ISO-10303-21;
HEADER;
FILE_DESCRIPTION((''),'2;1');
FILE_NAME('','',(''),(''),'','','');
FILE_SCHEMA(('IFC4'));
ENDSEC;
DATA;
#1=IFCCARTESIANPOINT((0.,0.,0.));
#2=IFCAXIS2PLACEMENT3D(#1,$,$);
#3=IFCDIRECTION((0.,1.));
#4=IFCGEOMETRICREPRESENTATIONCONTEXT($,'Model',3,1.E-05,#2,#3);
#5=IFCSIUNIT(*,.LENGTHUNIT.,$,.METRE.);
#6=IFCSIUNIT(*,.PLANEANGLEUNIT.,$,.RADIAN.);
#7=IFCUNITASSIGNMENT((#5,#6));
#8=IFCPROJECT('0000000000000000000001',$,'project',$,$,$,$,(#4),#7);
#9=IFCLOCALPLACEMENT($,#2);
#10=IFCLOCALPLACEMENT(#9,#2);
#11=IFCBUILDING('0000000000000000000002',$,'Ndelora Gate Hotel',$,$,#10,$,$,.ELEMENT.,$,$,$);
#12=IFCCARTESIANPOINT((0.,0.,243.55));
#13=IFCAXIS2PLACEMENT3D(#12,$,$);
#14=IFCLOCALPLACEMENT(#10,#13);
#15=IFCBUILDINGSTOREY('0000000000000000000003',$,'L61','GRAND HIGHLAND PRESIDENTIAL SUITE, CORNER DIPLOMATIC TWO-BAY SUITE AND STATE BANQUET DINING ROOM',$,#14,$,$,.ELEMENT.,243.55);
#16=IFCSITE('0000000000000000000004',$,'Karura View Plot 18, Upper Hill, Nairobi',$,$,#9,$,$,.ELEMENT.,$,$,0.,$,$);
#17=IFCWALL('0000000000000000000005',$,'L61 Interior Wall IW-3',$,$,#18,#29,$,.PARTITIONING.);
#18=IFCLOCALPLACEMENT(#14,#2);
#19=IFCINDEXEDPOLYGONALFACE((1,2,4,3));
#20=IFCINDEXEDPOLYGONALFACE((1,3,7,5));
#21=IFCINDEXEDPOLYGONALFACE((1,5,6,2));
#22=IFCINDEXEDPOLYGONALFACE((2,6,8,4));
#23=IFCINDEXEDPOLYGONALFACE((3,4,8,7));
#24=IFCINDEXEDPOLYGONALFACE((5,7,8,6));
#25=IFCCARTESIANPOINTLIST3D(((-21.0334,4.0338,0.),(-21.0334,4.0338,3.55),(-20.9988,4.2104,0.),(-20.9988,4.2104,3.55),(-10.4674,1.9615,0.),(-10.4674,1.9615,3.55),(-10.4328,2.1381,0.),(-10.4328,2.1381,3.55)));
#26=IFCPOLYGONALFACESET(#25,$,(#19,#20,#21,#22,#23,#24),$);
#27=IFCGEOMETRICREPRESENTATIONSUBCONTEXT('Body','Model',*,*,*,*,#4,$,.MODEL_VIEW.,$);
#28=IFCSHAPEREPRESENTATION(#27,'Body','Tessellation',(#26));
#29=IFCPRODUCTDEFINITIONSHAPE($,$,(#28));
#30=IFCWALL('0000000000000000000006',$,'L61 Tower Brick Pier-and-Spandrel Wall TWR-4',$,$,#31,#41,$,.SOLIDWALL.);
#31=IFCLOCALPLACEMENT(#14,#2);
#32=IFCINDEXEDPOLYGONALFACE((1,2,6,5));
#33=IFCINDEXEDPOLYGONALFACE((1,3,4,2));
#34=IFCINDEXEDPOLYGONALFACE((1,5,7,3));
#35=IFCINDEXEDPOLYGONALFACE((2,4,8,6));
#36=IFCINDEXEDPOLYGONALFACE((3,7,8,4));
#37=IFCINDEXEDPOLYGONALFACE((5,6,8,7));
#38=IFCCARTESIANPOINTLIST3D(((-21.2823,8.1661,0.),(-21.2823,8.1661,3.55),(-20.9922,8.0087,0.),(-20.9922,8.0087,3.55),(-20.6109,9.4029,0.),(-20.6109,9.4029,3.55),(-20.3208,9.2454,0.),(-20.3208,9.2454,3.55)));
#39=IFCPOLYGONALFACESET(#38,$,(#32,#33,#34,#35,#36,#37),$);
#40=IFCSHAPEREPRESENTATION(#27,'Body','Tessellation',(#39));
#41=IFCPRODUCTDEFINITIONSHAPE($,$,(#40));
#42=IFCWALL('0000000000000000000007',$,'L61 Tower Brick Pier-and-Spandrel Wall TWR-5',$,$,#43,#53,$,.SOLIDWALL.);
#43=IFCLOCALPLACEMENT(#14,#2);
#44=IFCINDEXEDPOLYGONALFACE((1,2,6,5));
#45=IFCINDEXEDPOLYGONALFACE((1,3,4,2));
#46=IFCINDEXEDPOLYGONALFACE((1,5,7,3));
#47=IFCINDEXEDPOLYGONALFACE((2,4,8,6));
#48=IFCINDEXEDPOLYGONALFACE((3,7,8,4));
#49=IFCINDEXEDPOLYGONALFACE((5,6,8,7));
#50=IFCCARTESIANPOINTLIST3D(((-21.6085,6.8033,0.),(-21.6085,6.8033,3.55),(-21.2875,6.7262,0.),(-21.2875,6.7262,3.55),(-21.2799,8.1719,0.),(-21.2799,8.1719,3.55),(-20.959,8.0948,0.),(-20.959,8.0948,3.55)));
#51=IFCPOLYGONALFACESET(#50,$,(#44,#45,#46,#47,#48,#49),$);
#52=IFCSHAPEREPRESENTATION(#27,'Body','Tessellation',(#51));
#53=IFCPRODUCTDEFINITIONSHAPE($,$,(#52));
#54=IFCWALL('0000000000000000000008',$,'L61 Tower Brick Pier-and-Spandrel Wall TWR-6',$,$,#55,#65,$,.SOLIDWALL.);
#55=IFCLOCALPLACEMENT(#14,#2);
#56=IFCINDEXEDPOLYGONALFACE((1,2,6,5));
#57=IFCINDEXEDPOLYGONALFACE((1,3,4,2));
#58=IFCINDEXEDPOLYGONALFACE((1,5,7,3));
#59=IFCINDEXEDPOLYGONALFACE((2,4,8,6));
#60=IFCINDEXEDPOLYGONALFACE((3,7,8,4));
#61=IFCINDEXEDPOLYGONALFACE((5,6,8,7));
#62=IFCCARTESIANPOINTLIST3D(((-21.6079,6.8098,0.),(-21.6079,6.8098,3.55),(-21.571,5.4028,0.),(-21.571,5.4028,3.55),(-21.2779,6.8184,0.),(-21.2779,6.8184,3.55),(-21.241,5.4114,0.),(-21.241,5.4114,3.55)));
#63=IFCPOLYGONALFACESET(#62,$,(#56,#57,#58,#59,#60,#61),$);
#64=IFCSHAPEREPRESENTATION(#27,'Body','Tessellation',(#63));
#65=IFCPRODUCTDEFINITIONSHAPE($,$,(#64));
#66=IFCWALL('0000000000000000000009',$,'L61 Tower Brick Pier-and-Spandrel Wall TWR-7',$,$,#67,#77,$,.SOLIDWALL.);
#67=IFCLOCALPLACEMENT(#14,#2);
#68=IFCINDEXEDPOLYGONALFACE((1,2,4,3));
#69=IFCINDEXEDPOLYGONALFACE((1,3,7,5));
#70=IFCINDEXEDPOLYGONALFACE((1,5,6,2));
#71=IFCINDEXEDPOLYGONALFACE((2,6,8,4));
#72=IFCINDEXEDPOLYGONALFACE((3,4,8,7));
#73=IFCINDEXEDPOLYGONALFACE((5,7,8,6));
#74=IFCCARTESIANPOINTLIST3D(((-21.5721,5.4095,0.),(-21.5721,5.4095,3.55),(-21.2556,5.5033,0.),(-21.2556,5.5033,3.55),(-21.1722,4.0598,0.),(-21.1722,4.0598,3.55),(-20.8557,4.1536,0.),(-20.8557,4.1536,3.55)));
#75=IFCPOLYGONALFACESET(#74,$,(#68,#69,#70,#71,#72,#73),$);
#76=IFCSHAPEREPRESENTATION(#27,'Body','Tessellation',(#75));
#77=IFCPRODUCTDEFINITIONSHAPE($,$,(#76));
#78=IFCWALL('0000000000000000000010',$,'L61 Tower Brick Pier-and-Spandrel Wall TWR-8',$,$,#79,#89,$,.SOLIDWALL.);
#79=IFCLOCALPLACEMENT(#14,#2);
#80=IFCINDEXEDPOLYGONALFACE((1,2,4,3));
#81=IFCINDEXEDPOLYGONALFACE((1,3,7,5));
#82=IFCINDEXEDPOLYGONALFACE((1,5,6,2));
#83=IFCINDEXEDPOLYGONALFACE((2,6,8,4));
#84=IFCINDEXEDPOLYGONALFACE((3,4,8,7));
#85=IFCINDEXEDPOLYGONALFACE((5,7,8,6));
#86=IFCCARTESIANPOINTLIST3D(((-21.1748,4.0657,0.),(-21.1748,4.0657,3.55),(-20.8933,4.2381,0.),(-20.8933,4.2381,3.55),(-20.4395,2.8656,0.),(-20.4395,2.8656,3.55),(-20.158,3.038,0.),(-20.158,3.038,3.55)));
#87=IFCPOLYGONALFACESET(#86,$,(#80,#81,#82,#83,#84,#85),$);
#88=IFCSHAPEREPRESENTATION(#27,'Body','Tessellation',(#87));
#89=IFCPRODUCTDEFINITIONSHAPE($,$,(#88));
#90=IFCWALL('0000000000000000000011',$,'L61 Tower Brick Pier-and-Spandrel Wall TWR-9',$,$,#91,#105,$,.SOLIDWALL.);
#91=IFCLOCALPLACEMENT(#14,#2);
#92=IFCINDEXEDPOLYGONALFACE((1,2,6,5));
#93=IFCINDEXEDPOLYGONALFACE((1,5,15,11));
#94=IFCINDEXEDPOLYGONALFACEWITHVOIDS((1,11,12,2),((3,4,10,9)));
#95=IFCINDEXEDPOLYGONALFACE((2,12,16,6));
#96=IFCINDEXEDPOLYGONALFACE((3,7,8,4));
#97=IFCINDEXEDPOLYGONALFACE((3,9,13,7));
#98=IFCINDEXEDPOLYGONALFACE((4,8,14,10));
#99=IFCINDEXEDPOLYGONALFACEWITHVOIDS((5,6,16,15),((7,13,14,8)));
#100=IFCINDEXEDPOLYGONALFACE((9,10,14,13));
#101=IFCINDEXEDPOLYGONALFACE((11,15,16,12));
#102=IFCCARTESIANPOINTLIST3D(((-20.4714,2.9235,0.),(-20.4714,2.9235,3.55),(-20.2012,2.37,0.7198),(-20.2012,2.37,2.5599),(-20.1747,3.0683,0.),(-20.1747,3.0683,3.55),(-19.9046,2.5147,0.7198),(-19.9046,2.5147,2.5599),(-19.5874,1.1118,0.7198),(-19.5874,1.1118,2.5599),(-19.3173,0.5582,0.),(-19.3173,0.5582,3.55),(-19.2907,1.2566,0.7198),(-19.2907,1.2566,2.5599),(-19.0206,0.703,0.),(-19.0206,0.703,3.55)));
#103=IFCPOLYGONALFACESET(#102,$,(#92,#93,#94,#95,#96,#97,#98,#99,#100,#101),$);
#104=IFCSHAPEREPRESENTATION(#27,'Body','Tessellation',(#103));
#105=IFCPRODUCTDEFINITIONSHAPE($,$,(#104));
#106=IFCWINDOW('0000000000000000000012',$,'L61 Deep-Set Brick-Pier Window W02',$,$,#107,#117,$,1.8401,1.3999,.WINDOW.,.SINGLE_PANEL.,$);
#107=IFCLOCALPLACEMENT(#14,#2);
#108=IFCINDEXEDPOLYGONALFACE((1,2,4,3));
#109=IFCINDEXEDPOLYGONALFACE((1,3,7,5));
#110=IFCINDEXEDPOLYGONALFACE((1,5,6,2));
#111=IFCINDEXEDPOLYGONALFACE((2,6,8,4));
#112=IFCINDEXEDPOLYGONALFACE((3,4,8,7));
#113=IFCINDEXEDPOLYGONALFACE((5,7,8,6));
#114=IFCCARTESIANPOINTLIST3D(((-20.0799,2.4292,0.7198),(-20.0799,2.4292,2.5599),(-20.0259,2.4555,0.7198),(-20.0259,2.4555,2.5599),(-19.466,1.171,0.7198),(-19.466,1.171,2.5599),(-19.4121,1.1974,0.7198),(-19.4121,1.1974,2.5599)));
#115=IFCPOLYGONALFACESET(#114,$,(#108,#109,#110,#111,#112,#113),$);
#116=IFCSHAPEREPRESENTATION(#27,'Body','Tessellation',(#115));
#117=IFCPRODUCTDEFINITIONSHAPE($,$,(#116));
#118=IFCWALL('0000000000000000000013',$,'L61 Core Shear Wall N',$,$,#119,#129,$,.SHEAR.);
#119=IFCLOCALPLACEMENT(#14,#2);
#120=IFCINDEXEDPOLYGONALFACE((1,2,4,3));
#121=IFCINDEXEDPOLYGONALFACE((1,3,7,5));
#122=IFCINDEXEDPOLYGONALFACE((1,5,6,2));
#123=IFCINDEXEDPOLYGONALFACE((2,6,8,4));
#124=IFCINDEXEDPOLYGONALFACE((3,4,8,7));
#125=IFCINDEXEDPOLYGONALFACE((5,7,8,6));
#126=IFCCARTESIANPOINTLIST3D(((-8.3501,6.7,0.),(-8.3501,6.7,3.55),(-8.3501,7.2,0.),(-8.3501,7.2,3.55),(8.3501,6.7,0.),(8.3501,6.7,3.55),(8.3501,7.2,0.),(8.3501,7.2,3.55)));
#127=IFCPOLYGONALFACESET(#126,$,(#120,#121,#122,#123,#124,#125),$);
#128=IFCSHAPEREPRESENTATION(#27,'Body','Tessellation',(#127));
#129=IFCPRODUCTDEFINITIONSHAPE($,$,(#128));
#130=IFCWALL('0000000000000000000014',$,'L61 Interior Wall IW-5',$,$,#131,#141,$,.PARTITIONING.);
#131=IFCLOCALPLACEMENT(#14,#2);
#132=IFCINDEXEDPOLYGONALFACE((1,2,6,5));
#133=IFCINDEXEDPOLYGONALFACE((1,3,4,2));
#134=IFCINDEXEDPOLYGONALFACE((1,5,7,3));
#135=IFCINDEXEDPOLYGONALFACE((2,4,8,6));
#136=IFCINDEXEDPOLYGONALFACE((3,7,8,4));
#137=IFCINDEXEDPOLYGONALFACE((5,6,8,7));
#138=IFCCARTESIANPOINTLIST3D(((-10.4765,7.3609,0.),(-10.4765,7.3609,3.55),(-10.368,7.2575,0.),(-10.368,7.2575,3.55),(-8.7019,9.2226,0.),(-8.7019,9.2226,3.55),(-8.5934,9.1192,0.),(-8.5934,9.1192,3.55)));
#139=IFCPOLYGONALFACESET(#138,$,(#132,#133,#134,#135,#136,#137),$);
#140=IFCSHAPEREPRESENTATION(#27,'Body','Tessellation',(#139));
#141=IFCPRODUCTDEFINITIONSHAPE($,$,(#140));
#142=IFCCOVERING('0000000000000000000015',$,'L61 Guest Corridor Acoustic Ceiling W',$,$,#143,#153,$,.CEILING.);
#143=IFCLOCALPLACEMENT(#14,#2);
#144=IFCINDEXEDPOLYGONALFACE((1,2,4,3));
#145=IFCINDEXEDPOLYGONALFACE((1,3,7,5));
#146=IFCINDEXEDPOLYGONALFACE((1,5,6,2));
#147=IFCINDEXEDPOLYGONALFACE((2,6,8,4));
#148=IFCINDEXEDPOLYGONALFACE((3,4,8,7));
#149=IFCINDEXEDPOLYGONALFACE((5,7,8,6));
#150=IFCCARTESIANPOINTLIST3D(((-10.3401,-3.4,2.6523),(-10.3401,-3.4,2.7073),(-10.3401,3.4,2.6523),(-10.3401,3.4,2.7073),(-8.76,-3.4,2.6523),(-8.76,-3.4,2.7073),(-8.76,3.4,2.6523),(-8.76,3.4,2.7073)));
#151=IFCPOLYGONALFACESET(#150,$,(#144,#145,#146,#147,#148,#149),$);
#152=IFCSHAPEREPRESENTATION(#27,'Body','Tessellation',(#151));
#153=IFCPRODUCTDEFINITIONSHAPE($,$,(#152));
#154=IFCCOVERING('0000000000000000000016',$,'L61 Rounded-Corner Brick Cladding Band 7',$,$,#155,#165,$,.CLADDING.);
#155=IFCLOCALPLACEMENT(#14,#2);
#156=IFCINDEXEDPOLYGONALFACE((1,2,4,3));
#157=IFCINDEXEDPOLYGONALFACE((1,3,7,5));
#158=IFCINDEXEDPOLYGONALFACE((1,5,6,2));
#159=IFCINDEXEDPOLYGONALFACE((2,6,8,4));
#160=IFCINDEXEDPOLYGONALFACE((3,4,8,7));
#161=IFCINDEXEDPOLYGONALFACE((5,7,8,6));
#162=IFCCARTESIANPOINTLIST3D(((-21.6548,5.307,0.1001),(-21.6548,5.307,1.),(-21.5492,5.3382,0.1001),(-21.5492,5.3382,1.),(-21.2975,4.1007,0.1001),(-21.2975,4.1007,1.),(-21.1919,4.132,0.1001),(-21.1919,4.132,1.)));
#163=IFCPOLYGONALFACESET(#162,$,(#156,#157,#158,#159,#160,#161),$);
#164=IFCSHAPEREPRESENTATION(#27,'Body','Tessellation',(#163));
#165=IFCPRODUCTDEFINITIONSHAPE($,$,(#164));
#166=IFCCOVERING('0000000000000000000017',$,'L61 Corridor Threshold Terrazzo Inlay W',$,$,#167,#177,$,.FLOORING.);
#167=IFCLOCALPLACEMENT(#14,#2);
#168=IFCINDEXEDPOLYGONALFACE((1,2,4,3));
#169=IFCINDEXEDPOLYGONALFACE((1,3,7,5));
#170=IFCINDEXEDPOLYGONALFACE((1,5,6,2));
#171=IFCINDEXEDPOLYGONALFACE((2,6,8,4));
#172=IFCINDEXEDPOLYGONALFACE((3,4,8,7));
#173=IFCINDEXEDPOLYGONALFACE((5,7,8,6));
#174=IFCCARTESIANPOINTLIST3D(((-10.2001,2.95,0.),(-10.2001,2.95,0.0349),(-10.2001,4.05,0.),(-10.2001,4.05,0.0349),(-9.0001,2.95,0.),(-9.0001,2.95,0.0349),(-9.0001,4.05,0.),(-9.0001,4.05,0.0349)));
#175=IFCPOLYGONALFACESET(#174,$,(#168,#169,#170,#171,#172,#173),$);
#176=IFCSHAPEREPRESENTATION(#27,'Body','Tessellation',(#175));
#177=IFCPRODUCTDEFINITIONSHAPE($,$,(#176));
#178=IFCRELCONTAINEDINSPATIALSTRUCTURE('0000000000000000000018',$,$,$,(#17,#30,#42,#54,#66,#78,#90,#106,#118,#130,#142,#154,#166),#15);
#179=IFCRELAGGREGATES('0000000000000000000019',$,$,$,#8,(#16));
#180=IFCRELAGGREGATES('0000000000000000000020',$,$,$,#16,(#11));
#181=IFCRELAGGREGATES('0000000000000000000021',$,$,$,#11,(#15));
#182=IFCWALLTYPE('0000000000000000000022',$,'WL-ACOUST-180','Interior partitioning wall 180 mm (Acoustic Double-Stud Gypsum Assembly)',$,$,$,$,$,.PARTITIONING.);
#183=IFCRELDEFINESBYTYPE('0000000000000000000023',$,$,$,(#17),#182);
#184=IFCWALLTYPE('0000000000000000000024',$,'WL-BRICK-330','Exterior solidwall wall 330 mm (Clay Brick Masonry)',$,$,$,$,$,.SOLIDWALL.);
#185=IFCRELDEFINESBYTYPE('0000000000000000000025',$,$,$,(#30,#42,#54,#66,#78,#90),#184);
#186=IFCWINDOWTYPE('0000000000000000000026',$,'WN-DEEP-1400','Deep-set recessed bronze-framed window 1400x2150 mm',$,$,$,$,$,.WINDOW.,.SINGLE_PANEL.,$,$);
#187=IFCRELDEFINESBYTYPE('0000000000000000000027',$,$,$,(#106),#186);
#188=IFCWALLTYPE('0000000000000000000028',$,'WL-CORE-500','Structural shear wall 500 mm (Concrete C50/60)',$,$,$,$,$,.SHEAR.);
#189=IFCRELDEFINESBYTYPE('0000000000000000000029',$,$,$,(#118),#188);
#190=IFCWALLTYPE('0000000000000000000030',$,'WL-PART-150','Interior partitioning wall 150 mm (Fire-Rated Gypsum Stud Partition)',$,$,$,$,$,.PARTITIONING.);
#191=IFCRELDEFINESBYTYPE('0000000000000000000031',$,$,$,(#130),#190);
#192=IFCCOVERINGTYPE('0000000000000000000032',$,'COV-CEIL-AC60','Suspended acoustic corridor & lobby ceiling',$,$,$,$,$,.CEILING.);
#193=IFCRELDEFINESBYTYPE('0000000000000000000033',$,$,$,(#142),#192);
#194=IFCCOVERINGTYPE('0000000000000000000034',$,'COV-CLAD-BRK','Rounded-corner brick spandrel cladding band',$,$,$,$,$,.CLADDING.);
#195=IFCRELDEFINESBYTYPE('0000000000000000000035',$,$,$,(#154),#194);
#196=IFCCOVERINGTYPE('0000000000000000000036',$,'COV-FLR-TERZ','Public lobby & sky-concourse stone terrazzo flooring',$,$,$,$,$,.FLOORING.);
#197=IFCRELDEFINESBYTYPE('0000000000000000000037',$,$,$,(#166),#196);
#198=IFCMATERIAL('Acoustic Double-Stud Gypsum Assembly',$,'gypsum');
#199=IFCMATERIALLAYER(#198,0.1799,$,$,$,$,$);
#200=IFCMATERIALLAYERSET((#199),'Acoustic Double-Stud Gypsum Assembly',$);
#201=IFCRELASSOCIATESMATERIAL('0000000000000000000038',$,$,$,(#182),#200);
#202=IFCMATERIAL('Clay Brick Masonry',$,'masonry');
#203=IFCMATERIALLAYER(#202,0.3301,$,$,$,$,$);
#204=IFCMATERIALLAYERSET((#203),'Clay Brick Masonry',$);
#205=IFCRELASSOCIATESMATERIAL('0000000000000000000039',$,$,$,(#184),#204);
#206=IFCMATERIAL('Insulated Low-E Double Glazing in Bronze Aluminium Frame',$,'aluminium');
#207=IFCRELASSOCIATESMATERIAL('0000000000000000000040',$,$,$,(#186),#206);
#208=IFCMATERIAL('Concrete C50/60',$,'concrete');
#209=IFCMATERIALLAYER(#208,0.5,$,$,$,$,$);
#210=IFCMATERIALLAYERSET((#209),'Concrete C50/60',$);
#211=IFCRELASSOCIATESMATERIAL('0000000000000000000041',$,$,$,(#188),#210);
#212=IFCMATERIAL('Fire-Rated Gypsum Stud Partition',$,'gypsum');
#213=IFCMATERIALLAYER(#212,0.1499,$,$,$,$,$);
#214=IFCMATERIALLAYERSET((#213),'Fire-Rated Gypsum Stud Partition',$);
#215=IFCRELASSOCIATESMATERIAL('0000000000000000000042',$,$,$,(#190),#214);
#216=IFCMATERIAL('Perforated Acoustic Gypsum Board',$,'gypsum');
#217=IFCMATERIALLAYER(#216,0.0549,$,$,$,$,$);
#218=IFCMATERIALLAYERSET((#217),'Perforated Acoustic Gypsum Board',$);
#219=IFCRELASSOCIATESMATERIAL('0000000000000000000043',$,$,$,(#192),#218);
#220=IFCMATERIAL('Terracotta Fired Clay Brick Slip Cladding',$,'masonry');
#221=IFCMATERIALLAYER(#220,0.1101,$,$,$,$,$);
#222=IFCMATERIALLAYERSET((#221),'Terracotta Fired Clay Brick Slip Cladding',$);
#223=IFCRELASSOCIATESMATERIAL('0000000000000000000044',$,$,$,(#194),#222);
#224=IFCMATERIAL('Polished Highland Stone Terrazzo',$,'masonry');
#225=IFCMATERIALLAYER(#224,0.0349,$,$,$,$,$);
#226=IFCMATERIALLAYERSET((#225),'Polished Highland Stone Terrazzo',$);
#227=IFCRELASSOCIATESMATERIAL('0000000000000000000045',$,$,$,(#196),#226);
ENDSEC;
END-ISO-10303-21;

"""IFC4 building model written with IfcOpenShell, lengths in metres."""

from ifc_helpers import new_model, si_unit, direction, frame, frame_2d, origin, origin_2d, place, context, subcontext, project, spatial, rectangle, extrude, material, layer, layer_set, type_object, element, fill, save


model = new_model("IFC4")

# Units and contexts
model_context = context("Model", 3, precision=1e-05, world=origin(), true_north=direction((0.0, 1.0)))
body_context = subcontext(model_context, "Body", "Model", "MODEL_VIEW")
ifc_project = project(units=[si_unit("LENGTHUNIT", "METRE"), si_unit("PLANEANGLEUNIT", "RADIAN")], contexts=[model_context])

# Site, building, storey
site_placement = place(None, origin())
site = spatial("IfcSite", under=ifc_project, at=site_placement, Name="Karura View Plot 18, Upper Hill, Nairobi", CompositionType="ELEMENT", RefElevation=0.0)
building_placement = place(site_placement, origin())
building = spatial("IfcBuilding", under=site, at=building_placement, Name="Ndelora Gate Hotel", CompositionType="ELEMENT")
storey_placement = place(building_placement, frame((0.0, 0.0, 243.55)))
storey = spatial("IfcBuildingStorey", under=building, at=storey_placement, Name="L61", Description="GRAND HIGHLAND PRESIDENTIAL SUITE, CORNER DIPLOMATIC TWO-BAY SUITE AND STATE BANQUET DINING ROOM", CompositionType="ELEMENT", Elevation=243.55)

# Shared definitions
ifc_material_1 = material(Name="Concrete C50/60", Category="concrete")

# Walls
ifc_material_2 = material(Name="Acoustic Double-Stud Gypsum Assembly", Category="gypsum")
ifc_layer_1 = layer(ifc_material_2, 0.1799)
ifc_layer_set_1 = layer_set([ifc_layer_1], Name="Acoustic Double-Stud Gypsum Assembly")
wall_type_1 = type_object("IfcWallType", Name="WL-ACOUST-180", Description="Interior partitioning wall 180 mm (Acoustic Double-Stud Gypsum Assembly)", PredefinedType="PARTITIONING", material=ifc_layer_set_1)
wall_1_placement = place(storey_placement, frame((-10.45, 2.0498, 0.0), z_axis=(0.0, 0.0, 1.0), x_axis=(-0.981305, 0.192461, 0.0)))
element("IfcWall", 1, at=wall_1_placement, inside=storey, type_object=wall_type_1, Name="L61 Interior Wall IW-3", PredefinedType="PARTITIONING", context=body_context, shape_type="SweptSolid", body=[
    extrude(rectangle(XDim=10.7673, YDim=0.1799, at=frame_2d((5.3838, 0.0))), origin(), (0.0, 0.0, 1.0), 3.55),
])
ifc_material_3 = material(Name="Clay Brick Masonry", Category="masonry")
ifc_layer_2 = layer(ifc_material_3, 0.3301)
ifc_layer_set_2 = layer_set([ifc_layer_2], Name="Clay Brick Masonry")
wall_type_2 = type_object("IfcWallType", Name="WL-BRICK-330", Description="Exterior solidwall wall 330 mm (Clay Brick Masonry)", PredefinedType="SOLIDWALL", material=ifc_layer_set_2)
wall_2_placement = place(storey_placement, frame((-21.1372, 8.0874, 0.0), z_axis=(0.0, 0.0, 1.0), x_axis=(0.477077, 0.878862, 0.0)))
element("IfcWall", 2, at=wall_2_placement, inside=storey, type_object=wall_type_2, Name="L61 Tower Brick Pier-and-Spandrel Wall TWR-4", PredefinedType="SOLIDWALL", context=body_context, shape_type="SweptSolid", body=[
    extrude(rectangle(XDim=1.4072, YDim=0.3301, at=frame_2d((0.7036, 0.0))), origin(), (0.0, 0.0, 1.0), 3.55),
])
for number, where, z_axis, x_axis, name in (
    (3, (-21.448, 6.7649, 0.0), (0.0, 0.0, 1.0), (0.233465, 0.972365, 0.0), "L61 Tower Brick Pier-and-Spandrel Wall TWR-5"),
    (4, (-21.406, 5.4072, 0.0), (0.0, 0.0, 1.0), (-0.026193, 0.999657, 0.0), "L61 Tower Brick Pier-and-Spandrel Wall TWR-6"),
):
    element("IfcWall", number, at=place(storey_placement, frame(where, z_axis=z_axis, x_axis=x_axis)), inside=storey, type_object=wall_type_2, Name=name, PredefinedType="SOLIDWALL", context=body_context, shape_type="SweptSolid", body=[
        extrude(rectangle(XDim=1.4075, YDim=0.3301, at=frame_2d((0.7036, 0.0))), origin(), (0.0, 0.0, 1.0), 3.55),
    ])
wall_3_placement = place(storey_placement, frame((-21.0139, 4.1067, 0.0), z_axis=(0.0, 0.0, 1.0), x_axis=(-0.2841, 0.958795, 0.0)))
element("IfcWall", 5, at=wall_3_placement, inside=storey, type_object=wall_type_2, Name="L61 Tower Brick Pier-and-Spandrel Wall TWR-7", PredefinedType="SOLIDWALL", context=body_context, shape_type="SweptSolid", body=[
    extrude(rectangle(XDim=1.4077, YDim=0.3301, at=frame_2d((0.7039, 0.0))), origin(), (0.0, 0.0, 1.0), 3.55),
])
wall_4_placement = place(storey_placement, frame((-20.2988, 2.9519, 0.0), z_axis=(0.0, 0.0, 1.0), x_axis=(-0.522432, 0.852681, 0.0)))
element("IfcWall", 6, at=wall_4_placement, inside=storey, type_object=wall_type_2, Name="L61 Tower Brick Pier-and-Spandrel Wall TWR-8", PredefinedType="SOLIDWALL", context=body_context, shape_type="SweptSolid", body=[
    extrude(rectangle(XDim=1.4075, YDim=0.3301, at=frame_2d((0.7036, 0.0))), origin(), (0.0, 0.0, 1.0), 3.55),
])

# Wall, opening, window
wall_5_placement = place(storey_placement, frame((-19.1689, 0.6306, 0.0), z_axis=(0.0, 0.0, 1.0), x_axis=(-0.43851, 0.898727, 0.0)))
wall_5 = element("IfcWall", 7, at=wall_5_placement, inside=storey, type_object=wall_type_2, Name="L61 Tower Brick Pier-and-Spandrel Wall TWR-9", PredefinedType="SOLIDWALL", context=body_context, shape_type="SweptSolid", body=[
    extrude(rectangle(XDim=2.6318, YDim=0.3301, at=frame_2d((1.3159, 0.0))), origin(), (0.0, 0.0, 1.0), 3.55),
])
opening_1_placement = place(wall_5_placement, frame((0.616, 0.0, 0.72)))
opening_1 = element("IfcOpeningElement", 8, at=opening_1_placement, cuts=wall_5, PredefinedType="OPENING", context=body_context, shape_type="SweptSolid", body=[
    extrude(rectangle(XDim=1.3999, YDim=1.8401, at=frame_2d((0.7, 0.9199))), frame((0.0, 0.175, 0.0), z_axis=(0.0, -1.0, 0.0), x_axis=(1.0, 0.0, 0.0)), (0.0, 0.0, 1.0), 0.3501),
])
ifc_material_4 = material(Name="Insulated Low-E Double Glazing in Bronze Aluminium Frame", Category="aluminium")
window_type = type_object("IfcWindowType", Name="WN-DEEP-1400", Description="Deep-set recessed bronze-framed window 1400x2150 mm", PartitioningType="SINGLE_PANEL", PredefinedType="WINDOW", material=ifc_material_4)
window_placement = place(opening_1_placement, origin())
window = element("IfcWindow", 9, at=window_placement, inside=storey, type_object=window_type, Name="L61 Deep-Set Brick-Pier Window W02", OverallHeight=1.8401, OverallWidth=1.3999, PartitioningType="SINGLE_PANEL", PredefinedType="WINDOW", context=body_context, shape_type="SweptSolid", body=[
    extrude(rectangle(XDim=1.3999, YDim=1.8401, at=frame_2d((0.7, 0.9199))), frame((0.0, 0.03, 0.0), z_axis=(0.0, -1.0, 0.0), x_axis=(1.0, 0.0, 0.0)), (0.0, 0.0, 1.0), 0.0601),
])
fill(opening_1, window)

# Wall
ifc_layer_3 = layer(ifc_material_1, 0.5)
ifc_layer_set_3 = layer_set([ifc_layer_3], Name="Concrete C50/60")
wall_type_3 = type_object("IfcWallType", Name="WL-CORE-500", Description="Structural shear wall 500 mm (Concrete C50/60)", PredefinedType="SHEAR", material=ifc_layer_set_3)
wall_6_placement = place(storey_placement, frame((-8.3501, 6.95, 0.0), z_axis=(0.0, 0.0, 1.0), x_axis=(1.0, 0.0, 0.0)))
element("IfcWall", 10, at=wall_6_placement, inside=storey, type_object=wall_type_3, Name="L61 Core Shear Wall N", PredefinedType="SHEAR", context=body_context, shape_type="SweptSolid", body=[
    extrude(rectangle(XDim=16.7002, YDim=0.5, at=frame_2d((8.3501, 0.0))), origin(), (0.0, 0.0, 1.0), 3.55),
])

# Wall
ifc_material_5 = material(Name="Fire-Rated Gypsum Stud Partition", Category="gypsum")
ifc_layer_4 = layer(ifc_material_5, 0.1499)
ifc_layer_set_4 = layer_set([ifc_layer_4], Name="Fire-Rated Gypsum Stud Partition")
wall_type_4 = type_object("IfcWallType", Name="WL-PART-150", Description="Interior partitioning wall 150 mm (Fire-Rated Gypsum Stud Partition)", PredefinedType="PARTITIONING", material=ifc_layer_set_4)
wall_7_placement = place(storey_placement, frame((-10.4224, 7.3091, 0.0), z_axis=(0.0, 0.0, 1.0), x_axis=(0.689961, 0.723847, 0.0)))
element("IfcWall", 11, at=wall_7_placement, inside=storey, type_object=wall_type_4, Name="L61 Interior Wall IW-5", PredefinedType="PARTITIONING", context=body_context, shape_type="SweptSolid", body=[
    extrude(rectangle(XDim=2.572, YDim=0.1499, at=frame_2d((1.2861, 0.0))), origin(), (0.0, 0.0, 1.0), 3.55),
])

# Coverings
ifc_material_6 = material(Name="Perforated Acoustic Gypsum Board", Category="gypsum")
ifc_layer_5 = layer(ifc_material_6, 0.0549)
ifc_layer_set_5 = layer_set([ifc_layer_5], Name="Perforated Acoustic Gypsum Board")
covering_type_1 = type_object("IfcCoveringType", Name="COV-CEIL-AC60", Description="Suspended acoustic corridor & lobby ceiling", PredefinedType="CEILING", material=ifc_layer_set_5)
covering_1_placement = place(storey_placement, frame((-9.55, 0.0, 2.6523), z_axis=(0.0, 0.0, 1.0), x_axis=(1.0, 0.0, 0.0)))
element("IfcCovering", 12, at=covering_1_placement, inside=storey, type_object=covering_type_1, Name="L61 Guest Corridor Acoustic Ceiling W", PredefinedType="CEILING", context=body_context, shape_type="SweptSolid", body=[
    extrude(rectangle(XDim=1.5801, YDim=6.8, at=origin_2d()), origin(), (0.0, 0.0, 1.0), 0.0549),
])
ifc_material_7 = material(Name="Terracotta Fired Clay Brick Slip Cladding", Category="masonry")
ifc_layer_6 = layer(ifc_material_7, 0.1101)
ifc_layer_set_6 = layer_set([ifc_layer_6], Name="Terracotta Fired Clay Brick Slip Cladding")
covering_type_2 = type_object("IfcCoveringType", Name="COV-CLAD-BRK", Description="Rounded-corner brick spandrel cladding band", PredefinedType="CLADDING", material=ifc_layer_set_6)
covering_2_placement = place(storey_placement, frame((-21.4233, 4.7195, 0.1001), z_axis=(0.0, 0.0, 1.0), x_axis=(-0.284015, 0.95882, 0.0)))
element("IfcCovering", 13, at=covering_2_placement, inside=storey, type_object=covering_type_2, Name="L61 Rounded-Corner Brick Cladding Band 7", PredefinedType="CLADDING", context=body_context, shape_type="SweptSolid", body=[
    extrude(rectangle(XDim=1.2581, YDim=0.1101, at=origin_2d()), origin(), (0.0, 0.0, 1.0), 0.8999),
])
ifc_material_8 = material(Name="Polished Highland Stone Terrazzo", Category="masonry")
ifc_layer_7 = layer(ifc_material_8, 0.0349)
ifc_layer_set_7 = layer_set([ifc_layer_7], Name="Polished Highland Stone Terrazzo")
covering_type_3 = type_object("IfcCoveringType", Name="COV-FLR-TERZ", Description="Public lobby & sky-concourse stone terrazzo flooring", PredefinedType="FLOORING", material=ifc_layer_set_7)
covering_3_placement = place(storey_placement, frame((-9.6001, 3.5, 0.0), z_axis=(0.0, 0.0, 1.0), x_axis=(1.0, 0.0, 0.0)))
element("IfcCovering", 14, at=covering_3_placement, inside=storey, type_object=covering_type_3, Name="L61 Corridor Threshold Terrazzo Inlay W", PredefinedType="FLOORING", context=body_context, shape_type="SweptSolid", body=[
    extrude(rectangle(XDim=1.2, YDim=1.1001, at=origin_2d()), origin(), (0.0, 0.0, 1.0), 0.0349),
])

save(model, "model.ifc")
